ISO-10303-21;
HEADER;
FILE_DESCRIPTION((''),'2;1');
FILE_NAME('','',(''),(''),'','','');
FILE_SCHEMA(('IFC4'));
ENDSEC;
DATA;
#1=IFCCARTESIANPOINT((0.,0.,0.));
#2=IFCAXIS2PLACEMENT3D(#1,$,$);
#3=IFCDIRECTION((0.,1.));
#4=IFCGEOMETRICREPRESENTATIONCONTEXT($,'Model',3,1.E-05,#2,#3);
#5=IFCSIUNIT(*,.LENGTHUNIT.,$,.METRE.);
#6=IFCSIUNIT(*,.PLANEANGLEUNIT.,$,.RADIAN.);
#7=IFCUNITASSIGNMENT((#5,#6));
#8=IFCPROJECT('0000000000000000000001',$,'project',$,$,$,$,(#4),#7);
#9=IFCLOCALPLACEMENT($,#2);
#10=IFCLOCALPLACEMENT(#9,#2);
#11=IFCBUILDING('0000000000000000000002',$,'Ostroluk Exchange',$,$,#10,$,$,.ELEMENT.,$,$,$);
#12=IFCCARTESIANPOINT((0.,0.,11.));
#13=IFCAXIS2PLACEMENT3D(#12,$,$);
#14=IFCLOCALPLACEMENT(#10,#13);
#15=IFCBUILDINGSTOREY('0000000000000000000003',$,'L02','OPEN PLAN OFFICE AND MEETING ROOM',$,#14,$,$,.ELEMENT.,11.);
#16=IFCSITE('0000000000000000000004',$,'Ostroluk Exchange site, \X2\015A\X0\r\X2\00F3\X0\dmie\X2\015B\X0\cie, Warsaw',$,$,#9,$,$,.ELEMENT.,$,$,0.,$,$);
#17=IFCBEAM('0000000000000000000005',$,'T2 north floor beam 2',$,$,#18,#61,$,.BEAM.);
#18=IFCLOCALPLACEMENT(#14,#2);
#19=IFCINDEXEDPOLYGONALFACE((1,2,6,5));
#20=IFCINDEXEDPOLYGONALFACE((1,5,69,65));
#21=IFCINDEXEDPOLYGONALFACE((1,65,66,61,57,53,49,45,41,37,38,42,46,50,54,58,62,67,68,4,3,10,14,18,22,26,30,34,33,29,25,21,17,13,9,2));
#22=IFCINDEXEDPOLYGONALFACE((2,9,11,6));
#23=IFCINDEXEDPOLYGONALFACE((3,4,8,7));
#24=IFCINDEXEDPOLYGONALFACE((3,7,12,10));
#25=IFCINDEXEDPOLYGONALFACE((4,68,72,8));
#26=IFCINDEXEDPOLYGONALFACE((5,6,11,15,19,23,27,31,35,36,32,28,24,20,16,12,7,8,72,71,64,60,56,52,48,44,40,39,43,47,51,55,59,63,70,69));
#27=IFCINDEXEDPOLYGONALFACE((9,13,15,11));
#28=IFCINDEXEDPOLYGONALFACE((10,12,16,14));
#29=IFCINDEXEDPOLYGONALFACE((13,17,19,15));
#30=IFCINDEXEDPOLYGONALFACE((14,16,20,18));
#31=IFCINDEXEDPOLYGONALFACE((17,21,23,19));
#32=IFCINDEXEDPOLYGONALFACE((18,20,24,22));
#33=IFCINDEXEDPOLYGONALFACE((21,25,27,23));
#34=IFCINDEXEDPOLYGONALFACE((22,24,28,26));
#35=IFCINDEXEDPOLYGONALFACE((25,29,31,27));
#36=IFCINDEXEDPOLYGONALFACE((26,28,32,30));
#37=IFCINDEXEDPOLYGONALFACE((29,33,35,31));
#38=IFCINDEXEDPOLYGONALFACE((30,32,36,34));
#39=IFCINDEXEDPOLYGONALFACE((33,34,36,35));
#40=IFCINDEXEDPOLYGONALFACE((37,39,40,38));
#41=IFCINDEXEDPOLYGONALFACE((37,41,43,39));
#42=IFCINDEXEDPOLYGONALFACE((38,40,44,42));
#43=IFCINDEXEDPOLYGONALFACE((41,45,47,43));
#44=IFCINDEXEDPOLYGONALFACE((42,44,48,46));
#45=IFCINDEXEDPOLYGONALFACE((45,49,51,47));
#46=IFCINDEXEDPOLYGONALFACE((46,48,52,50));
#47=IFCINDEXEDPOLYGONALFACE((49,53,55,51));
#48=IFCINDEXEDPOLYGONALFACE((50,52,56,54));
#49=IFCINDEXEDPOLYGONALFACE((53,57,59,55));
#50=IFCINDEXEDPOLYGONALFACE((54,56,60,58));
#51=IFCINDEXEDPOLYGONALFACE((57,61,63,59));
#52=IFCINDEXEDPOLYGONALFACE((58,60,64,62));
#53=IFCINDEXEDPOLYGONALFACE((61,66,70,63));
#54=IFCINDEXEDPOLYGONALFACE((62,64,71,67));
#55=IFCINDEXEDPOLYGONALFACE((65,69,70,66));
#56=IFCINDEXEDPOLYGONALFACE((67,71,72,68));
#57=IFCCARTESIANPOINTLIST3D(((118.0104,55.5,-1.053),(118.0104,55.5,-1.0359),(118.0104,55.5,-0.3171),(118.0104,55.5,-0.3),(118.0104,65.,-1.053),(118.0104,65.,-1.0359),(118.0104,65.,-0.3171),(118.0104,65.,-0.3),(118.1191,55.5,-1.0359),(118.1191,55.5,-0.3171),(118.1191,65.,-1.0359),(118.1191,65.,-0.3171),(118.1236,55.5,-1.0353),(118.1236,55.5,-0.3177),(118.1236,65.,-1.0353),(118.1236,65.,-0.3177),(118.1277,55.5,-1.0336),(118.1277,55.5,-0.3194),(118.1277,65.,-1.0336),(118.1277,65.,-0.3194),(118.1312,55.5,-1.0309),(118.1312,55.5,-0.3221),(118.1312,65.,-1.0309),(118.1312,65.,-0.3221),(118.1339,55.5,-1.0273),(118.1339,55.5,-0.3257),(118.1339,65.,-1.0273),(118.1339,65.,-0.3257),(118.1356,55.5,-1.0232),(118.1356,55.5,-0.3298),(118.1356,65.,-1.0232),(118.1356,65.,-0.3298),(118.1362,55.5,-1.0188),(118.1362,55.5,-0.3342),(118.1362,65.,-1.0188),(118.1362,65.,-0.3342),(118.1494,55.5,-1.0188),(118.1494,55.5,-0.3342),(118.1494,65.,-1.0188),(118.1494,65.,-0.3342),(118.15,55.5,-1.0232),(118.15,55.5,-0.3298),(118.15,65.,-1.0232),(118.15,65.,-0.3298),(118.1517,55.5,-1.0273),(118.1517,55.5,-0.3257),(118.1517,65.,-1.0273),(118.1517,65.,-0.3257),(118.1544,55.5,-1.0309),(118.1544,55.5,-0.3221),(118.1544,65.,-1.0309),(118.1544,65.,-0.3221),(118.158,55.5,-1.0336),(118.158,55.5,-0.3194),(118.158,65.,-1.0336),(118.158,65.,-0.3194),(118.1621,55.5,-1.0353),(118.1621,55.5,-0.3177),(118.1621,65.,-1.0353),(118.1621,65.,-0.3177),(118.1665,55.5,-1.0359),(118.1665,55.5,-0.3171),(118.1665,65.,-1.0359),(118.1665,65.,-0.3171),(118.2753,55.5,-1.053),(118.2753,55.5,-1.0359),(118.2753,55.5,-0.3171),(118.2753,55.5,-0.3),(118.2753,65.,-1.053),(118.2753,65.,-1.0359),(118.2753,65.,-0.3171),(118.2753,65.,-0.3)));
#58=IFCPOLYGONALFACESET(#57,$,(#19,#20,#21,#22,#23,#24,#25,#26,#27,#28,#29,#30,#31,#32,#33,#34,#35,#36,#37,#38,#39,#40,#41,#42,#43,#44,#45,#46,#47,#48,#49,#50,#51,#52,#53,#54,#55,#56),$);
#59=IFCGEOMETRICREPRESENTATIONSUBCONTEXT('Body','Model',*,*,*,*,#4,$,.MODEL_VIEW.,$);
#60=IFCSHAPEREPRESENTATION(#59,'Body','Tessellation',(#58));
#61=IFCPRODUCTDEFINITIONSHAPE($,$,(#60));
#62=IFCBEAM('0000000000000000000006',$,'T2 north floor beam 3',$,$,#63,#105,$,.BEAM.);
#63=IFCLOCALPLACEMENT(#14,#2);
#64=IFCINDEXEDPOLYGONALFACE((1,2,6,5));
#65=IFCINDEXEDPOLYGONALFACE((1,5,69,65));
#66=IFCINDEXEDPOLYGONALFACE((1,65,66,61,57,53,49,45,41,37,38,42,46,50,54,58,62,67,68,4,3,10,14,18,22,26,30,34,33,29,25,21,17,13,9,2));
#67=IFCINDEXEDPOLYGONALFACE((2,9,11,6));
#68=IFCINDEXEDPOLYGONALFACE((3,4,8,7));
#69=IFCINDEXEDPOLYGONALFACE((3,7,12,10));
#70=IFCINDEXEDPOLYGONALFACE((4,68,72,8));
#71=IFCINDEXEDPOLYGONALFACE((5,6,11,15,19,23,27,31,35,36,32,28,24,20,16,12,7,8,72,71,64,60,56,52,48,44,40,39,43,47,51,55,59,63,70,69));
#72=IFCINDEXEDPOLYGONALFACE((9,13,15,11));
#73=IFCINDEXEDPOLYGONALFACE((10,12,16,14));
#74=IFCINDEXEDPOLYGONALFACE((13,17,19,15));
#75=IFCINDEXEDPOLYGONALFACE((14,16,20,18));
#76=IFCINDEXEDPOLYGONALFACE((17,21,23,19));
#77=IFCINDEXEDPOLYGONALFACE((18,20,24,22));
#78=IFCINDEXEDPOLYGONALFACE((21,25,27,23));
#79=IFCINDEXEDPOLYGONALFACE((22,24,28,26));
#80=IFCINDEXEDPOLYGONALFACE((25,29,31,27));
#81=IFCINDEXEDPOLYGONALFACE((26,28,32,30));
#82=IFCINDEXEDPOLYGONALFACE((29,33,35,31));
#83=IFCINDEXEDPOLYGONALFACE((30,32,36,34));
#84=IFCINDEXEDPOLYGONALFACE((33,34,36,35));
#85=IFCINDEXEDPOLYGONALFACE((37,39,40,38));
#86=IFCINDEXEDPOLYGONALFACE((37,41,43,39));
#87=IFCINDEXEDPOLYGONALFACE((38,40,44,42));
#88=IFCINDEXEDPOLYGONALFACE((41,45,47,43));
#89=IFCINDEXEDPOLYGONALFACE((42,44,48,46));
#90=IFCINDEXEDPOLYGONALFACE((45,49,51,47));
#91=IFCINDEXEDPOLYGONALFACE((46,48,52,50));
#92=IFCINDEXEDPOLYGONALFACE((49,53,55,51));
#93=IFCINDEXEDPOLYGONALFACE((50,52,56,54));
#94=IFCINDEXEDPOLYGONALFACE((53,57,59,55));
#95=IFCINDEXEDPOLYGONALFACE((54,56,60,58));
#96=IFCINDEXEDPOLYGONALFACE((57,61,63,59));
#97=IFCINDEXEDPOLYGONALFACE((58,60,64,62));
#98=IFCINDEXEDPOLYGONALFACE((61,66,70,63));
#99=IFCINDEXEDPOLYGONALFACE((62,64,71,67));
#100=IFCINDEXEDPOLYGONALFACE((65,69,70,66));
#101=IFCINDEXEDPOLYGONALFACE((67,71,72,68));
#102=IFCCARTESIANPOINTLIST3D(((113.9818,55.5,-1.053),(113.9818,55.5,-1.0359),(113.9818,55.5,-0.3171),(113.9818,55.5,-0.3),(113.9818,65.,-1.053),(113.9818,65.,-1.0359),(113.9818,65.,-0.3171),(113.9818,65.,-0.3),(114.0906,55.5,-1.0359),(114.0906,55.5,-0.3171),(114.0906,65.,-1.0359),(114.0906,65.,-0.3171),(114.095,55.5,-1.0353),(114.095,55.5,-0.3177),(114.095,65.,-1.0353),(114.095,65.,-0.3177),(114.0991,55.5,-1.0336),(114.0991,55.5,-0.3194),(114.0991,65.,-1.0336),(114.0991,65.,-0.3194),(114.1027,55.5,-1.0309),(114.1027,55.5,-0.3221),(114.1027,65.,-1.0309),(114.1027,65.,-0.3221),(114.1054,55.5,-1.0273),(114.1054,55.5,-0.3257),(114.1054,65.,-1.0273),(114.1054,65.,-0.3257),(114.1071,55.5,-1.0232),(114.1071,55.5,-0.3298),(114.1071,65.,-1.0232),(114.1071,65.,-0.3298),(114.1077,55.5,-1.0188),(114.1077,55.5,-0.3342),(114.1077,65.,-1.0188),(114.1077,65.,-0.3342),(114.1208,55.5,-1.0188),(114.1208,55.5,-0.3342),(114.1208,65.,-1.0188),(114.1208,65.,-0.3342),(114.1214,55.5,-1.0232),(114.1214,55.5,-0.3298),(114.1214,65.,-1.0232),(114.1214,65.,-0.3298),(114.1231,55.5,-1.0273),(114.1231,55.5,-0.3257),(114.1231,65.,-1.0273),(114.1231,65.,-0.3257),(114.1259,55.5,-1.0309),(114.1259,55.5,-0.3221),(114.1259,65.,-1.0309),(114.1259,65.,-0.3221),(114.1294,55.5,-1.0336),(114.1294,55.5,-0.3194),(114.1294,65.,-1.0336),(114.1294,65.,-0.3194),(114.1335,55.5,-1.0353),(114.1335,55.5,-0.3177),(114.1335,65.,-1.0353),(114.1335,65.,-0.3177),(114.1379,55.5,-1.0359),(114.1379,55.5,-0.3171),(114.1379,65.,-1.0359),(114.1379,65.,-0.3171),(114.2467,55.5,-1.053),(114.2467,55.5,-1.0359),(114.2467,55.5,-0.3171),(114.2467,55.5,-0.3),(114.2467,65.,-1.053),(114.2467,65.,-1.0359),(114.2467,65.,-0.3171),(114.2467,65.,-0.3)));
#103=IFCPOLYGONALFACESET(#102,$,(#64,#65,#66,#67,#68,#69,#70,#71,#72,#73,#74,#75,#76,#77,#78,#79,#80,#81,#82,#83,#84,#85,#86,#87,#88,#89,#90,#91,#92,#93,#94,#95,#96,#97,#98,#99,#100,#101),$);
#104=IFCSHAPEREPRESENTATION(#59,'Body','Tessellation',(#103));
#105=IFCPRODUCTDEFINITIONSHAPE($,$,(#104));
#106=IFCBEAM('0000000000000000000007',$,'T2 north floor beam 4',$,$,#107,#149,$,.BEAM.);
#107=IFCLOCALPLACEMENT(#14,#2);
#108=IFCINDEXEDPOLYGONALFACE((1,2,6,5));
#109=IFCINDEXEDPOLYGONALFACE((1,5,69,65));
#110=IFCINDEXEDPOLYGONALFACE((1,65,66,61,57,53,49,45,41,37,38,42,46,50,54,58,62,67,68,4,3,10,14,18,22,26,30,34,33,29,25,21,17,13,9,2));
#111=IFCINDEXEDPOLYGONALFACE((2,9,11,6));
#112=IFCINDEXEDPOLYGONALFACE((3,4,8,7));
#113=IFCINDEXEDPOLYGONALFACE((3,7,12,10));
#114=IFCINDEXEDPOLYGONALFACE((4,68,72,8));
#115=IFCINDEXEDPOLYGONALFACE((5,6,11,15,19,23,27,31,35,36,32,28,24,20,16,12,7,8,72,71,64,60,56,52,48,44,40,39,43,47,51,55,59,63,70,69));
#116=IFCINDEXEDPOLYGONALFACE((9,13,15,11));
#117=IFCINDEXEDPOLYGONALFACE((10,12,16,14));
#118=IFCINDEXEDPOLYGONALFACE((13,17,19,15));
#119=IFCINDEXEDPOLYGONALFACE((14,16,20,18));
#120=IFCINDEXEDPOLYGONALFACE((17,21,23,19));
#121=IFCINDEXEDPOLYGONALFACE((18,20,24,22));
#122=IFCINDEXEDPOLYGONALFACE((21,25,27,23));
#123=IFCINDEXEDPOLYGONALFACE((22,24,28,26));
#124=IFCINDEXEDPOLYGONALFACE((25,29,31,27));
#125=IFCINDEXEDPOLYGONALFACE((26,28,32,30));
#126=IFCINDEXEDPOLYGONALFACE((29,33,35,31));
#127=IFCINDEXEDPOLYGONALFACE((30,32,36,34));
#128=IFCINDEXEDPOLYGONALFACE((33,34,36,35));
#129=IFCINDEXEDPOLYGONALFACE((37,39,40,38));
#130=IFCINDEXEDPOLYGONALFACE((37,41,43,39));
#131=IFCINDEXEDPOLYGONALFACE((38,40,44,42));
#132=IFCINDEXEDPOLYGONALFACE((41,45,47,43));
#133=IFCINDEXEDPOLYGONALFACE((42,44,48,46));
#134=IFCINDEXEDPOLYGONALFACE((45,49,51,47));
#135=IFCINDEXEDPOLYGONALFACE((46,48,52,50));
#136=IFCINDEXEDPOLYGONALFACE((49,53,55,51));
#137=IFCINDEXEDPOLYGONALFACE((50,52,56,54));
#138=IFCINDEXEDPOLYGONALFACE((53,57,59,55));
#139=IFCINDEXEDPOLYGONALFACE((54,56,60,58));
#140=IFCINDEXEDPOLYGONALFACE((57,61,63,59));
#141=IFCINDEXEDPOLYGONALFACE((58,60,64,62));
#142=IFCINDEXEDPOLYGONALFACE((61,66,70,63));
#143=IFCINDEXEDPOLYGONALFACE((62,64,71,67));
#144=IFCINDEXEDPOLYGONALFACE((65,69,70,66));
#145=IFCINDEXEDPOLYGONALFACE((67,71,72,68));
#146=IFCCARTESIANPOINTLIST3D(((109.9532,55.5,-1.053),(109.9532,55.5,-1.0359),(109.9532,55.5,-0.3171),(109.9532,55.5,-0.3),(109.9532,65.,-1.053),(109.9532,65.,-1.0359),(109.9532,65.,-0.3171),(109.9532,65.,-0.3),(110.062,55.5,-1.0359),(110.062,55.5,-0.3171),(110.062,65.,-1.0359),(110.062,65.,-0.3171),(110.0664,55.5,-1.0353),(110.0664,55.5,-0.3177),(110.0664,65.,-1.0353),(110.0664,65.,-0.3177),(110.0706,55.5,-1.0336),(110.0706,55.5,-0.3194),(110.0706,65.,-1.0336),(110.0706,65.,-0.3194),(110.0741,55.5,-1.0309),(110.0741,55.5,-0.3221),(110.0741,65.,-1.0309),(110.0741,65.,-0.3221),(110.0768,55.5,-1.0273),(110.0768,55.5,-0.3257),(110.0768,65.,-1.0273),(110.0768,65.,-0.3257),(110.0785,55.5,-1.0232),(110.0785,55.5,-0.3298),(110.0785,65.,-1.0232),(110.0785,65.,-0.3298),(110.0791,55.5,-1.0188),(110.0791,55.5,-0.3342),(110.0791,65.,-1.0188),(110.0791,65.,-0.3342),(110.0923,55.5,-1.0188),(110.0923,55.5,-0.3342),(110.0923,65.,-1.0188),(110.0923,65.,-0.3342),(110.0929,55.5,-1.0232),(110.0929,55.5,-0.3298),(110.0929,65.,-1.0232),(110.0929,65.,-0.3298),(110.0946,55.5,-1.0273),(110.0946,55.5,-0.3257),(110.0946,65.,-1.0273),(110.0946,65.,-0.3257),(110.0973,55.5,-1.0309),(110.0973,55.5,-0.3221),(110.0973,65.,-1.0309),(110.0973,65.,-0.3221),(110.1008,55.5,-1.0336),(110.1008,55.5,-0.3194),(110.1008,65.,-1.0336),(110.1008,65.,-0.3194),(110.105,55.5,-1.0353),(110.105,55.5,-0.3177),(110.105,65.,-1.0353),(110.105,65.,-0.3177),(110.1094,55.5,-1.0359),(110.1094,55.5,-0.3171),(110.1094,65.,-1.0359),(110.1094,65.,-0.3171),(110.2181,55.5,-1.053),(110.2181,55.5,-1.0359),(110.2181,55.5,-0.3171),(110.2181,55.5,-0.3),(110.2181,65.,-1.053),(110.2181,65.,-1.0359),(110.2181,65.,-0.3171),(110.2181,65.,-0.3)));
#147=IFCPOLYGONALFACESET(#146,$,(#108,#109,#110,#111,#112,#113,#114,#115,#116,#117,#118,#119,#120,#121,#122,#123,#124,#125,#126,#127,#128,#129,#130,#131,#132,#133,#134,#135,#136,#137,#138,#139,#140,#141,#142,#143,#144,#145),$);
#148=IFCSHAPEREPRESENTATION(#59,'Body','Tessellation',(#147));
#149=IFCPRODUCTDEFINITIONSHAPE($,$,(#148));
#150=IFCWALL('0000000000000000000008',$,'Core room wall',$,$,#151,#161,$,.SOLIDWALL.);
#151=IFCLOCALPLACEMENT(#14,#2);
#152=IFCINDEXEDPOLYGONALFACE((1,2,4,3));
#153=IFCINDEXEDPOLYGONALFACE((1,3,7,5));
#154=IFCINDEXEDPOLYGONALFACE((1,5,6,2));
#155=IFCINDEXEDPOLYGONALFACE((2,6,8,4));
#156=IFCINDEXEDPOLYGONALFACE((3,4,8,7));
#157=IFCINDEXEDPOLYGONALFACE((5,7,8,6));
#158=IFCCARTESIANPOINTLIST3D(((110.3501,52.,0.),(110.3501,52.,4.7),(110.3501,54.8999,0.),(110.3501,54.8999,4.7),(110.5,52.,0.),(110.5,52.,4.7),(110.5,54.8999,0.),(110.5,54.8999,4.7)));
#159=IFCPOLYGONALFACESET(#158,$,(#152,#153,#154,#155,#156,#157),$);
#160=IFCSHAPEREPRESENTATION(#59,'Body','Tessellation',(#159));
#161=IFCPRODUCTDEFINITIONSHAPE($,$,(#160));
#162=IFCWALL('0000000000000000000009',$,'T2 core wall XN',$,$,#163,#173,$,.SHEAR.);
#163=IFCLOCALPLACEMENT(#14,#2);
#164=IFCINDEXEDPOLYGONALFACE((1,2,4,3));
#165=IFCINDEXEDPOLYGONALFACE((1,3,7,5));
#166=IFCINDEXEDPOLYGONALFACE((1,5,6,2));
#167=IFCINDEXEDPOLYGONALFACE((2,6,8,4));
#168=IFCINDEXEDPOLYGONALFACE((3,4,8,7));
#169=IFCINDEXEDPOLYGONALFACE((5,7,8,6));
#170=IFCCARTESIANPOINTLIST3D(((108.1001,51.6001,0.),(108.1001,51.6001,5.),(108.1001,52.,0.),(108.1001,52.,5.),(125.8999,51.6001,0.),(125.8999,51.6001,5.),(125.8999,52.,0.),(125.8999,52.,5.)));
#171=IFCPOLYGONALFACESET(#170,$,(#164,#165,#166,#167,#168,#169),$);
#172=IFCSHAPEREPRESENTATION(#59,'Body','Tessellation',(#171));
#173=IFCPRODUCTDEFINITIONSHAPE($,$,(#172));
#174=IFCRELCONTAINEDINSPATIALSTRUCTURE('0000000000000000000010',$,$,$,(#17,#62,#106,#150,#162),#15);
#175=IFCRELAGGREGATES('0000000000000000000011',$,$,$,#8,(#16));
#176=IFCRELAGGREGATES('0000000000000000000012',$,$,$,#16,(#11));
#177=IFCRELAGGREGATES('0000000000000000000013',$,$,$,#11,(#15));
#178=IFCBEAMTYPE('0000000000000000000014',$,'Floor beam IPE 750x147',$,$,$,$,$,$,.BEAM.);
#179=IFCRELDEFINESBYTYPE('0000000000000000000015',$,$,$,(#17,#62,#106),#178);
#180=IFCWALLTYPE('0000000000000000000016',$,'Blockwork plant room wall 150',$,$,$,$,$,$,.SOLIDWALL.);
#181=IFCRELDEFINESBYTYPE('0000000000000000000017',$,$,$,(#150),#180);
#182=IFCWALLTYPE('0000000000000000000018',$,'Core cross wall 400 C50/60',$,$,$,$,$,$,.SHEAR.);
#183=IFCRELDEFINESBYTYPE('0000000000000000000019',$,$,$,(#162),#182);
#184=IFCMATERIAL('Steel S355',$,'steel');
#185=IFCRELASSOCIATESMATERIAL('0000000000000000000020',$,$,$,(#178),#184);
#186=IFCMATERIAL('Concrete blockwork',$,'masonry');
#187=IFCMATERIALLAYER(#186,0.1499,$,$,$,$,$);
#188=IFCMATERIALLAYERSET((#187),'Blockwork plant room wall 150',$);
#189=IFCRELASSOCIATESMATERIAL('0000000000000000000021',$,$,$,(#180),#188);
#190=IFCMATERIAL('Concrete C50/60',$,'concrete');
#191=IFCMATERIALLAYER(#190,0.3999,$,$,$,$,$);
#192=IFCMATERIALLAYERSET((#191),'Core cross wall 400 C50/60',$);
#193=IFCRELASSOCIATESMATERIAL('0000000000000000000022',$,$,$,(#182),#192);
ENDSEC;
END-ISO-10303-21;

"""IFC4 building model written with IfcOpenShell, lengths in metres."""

from ifc_helpers import new_model, si_unit, direction, frame, frame_2d, origin, origin_2d, place, context, subcontext, project, spatial, rectangle, i_section, extrude, material, layer, layer_set, material_profile, profile_set, type_object, element, save


model = new_model("IFC4")

# Units and contexts
model_context = context("Model", 3, precision=1e-05, world=origin(), true_north=direction((0.0, 1.0)))
body_context = subcontext(model_context, "Body", "Model", "MODEL_VIEW")
ifc_project = project(units=[si_unit("LENGTHUNIT", "METRE"), si_unit("PLANEANGLEUNIT", "RADIAN")], contexts=[model_context])

# Site, building, storey
site_placement = place(None, origin())
site = spatial("IfcSite", under=ifc_project, at=site_placement, Name="Ostroluk Exchange site, Śródmieście, Warsaw", CompositionType="ELEMENT", RefElevation=0.0)
building_placement = place(site_placement, origin())
building = spatial("IfcBuilding", under=site, at=building_placement, Name="Ostroluk Exchange", CompositionType="ELEMENT")
storey_placement = place(building_placement, frame((0.0, 0.0, 11.0)))
storey = spatial("IfcBuildingStorey", under=building, at=storey_placement, Name="L02", Description="OPEN PLAN OFFICE AND MEETING ROOM", CompositionType="ELEMENT", Elevation=11.0)

# Beams
ifc_material_1 = material(Name="Steel S355", Category="steel")
ifc_material_profile = material_profile(ifc_material_1, i_section(OverallWidth=0.2649, OverallDepth=0.7529, WebThickness=0.0132, FlangeThickness=0.0171, FilletRadius=0.0171, at=origin_2d()), Name="IPE 750x147")
ifc_profile_set = profile_set([ifc_material_profile], Name="Steel S355")
beam_type = type_object("IfcBeamType", Name="Floor beam IPE 750x147", PredefinedType="BEAM", material=ifc_profile_set)
for number, where, z_axis, x_axis, name in (
    (1, (118.1428, 55.5, -0.6765), (0.0, 1.0, 0.0), (-1.0, 0.0, 0.0), "T2 north floor beam 2"),
    (2, (114.1143, 55.5, -0.6765), (0.0, 1.0, 0.0), (-1.0, 0.0, 0.0), "T2 north floor beam 3"),
    (3, (110.0857, 55.5, -0.6765), (0.0, 1.0, 0.0), (-1.0, 0.0, 0.0), "T2 north floor beam 4"),
):
    element("IfcBeam", number, at=place(storey_placement, frame(where, z_axis=z_axis, x_axis=x_axis)), inside=storey, type_object=beam_type, Name=name, PredefinedType="BEAM", context=body_context, shape_type="SweptSolid", body=[
        extrude(i_section(OverallWidth=0.2649, OverallDepth=0.7529, WebThickness=0.0132, FlangeThickness=0.0171, FilletRadius=0.0171, at=origin_2d()), origin(), (0.0, 0.0, 1.0), 9.5),
    ])

# Walls
ifc_material_2 = material(Name="Concrete blockwork", Category="masonry")
ifc_layer_1 = layer(ifc_material_2, 0.1499)
ifc_layer_set_1 = layer_set([ifc_layer_1], Name="Blockwork plant room wall 150")
wall_type_1 = type_object("IfcWallType", Name="Blockwork plant room wall 150", PredefinedType="SOLIDWALL", material=ifc_layer_set_1)
wall_1_placement = place(storey_placement, frame((110.425, 52.0, 0.0), z_axis=(0.0, 0.0, 1.0), x_axis=(0.0, 1.0, 0.0)))
element("IfcWall", 4, at=wall_1_placement, inside=storey, type_object=wall_type_1, Name="Core room wall", PredefinedType="SOLIDWALL", context=body_context, shape_type="SweptSolid", body=[
    extrude(rectangle(XDim=2.8999, YDim=0.1499, at=frame_2d((1.45, 0.0))), origin(), (0.0, 0.0, 1.0), 4.7),
])
ifc_material_3 = material(Name="Concrete C50/60", Category="concrete")
ifc_layer_2 = layer(ifc_material_3, 0.3999)
ifc_layer_set_2 = layer_set([ifc_layer_2], Name="Core cross wall 400 C50/60")
wall_type_2 = type_object("IfcWallType", Name="Core cross wall 400 C50/60", PredefinedType="SHEAR", material=ifc_layer_set_2)
wall_2_placement = place(storey_placement, frame((108.1001, 51.8, 0.0), z_axis=(0.0, 0.0, 1.0), x_axis=(1.0, 0.0, 0.0)))
element("IfcWall", 5, at=wall_2_placement, inside=storey, type_object=wall_type_2, Name="T2 core wall XN", PredefinedType="SHEAR", context=body_context, shape_type="SweptSolid", body=[
    extrude(rectangle(XDim=17.7998, YDim=0.3999, at=frame_2d((8.8999, 0.0))), origin(), (0.0, 0.0, 1.0), 5.0),
])

save(model, "model.ifc")
